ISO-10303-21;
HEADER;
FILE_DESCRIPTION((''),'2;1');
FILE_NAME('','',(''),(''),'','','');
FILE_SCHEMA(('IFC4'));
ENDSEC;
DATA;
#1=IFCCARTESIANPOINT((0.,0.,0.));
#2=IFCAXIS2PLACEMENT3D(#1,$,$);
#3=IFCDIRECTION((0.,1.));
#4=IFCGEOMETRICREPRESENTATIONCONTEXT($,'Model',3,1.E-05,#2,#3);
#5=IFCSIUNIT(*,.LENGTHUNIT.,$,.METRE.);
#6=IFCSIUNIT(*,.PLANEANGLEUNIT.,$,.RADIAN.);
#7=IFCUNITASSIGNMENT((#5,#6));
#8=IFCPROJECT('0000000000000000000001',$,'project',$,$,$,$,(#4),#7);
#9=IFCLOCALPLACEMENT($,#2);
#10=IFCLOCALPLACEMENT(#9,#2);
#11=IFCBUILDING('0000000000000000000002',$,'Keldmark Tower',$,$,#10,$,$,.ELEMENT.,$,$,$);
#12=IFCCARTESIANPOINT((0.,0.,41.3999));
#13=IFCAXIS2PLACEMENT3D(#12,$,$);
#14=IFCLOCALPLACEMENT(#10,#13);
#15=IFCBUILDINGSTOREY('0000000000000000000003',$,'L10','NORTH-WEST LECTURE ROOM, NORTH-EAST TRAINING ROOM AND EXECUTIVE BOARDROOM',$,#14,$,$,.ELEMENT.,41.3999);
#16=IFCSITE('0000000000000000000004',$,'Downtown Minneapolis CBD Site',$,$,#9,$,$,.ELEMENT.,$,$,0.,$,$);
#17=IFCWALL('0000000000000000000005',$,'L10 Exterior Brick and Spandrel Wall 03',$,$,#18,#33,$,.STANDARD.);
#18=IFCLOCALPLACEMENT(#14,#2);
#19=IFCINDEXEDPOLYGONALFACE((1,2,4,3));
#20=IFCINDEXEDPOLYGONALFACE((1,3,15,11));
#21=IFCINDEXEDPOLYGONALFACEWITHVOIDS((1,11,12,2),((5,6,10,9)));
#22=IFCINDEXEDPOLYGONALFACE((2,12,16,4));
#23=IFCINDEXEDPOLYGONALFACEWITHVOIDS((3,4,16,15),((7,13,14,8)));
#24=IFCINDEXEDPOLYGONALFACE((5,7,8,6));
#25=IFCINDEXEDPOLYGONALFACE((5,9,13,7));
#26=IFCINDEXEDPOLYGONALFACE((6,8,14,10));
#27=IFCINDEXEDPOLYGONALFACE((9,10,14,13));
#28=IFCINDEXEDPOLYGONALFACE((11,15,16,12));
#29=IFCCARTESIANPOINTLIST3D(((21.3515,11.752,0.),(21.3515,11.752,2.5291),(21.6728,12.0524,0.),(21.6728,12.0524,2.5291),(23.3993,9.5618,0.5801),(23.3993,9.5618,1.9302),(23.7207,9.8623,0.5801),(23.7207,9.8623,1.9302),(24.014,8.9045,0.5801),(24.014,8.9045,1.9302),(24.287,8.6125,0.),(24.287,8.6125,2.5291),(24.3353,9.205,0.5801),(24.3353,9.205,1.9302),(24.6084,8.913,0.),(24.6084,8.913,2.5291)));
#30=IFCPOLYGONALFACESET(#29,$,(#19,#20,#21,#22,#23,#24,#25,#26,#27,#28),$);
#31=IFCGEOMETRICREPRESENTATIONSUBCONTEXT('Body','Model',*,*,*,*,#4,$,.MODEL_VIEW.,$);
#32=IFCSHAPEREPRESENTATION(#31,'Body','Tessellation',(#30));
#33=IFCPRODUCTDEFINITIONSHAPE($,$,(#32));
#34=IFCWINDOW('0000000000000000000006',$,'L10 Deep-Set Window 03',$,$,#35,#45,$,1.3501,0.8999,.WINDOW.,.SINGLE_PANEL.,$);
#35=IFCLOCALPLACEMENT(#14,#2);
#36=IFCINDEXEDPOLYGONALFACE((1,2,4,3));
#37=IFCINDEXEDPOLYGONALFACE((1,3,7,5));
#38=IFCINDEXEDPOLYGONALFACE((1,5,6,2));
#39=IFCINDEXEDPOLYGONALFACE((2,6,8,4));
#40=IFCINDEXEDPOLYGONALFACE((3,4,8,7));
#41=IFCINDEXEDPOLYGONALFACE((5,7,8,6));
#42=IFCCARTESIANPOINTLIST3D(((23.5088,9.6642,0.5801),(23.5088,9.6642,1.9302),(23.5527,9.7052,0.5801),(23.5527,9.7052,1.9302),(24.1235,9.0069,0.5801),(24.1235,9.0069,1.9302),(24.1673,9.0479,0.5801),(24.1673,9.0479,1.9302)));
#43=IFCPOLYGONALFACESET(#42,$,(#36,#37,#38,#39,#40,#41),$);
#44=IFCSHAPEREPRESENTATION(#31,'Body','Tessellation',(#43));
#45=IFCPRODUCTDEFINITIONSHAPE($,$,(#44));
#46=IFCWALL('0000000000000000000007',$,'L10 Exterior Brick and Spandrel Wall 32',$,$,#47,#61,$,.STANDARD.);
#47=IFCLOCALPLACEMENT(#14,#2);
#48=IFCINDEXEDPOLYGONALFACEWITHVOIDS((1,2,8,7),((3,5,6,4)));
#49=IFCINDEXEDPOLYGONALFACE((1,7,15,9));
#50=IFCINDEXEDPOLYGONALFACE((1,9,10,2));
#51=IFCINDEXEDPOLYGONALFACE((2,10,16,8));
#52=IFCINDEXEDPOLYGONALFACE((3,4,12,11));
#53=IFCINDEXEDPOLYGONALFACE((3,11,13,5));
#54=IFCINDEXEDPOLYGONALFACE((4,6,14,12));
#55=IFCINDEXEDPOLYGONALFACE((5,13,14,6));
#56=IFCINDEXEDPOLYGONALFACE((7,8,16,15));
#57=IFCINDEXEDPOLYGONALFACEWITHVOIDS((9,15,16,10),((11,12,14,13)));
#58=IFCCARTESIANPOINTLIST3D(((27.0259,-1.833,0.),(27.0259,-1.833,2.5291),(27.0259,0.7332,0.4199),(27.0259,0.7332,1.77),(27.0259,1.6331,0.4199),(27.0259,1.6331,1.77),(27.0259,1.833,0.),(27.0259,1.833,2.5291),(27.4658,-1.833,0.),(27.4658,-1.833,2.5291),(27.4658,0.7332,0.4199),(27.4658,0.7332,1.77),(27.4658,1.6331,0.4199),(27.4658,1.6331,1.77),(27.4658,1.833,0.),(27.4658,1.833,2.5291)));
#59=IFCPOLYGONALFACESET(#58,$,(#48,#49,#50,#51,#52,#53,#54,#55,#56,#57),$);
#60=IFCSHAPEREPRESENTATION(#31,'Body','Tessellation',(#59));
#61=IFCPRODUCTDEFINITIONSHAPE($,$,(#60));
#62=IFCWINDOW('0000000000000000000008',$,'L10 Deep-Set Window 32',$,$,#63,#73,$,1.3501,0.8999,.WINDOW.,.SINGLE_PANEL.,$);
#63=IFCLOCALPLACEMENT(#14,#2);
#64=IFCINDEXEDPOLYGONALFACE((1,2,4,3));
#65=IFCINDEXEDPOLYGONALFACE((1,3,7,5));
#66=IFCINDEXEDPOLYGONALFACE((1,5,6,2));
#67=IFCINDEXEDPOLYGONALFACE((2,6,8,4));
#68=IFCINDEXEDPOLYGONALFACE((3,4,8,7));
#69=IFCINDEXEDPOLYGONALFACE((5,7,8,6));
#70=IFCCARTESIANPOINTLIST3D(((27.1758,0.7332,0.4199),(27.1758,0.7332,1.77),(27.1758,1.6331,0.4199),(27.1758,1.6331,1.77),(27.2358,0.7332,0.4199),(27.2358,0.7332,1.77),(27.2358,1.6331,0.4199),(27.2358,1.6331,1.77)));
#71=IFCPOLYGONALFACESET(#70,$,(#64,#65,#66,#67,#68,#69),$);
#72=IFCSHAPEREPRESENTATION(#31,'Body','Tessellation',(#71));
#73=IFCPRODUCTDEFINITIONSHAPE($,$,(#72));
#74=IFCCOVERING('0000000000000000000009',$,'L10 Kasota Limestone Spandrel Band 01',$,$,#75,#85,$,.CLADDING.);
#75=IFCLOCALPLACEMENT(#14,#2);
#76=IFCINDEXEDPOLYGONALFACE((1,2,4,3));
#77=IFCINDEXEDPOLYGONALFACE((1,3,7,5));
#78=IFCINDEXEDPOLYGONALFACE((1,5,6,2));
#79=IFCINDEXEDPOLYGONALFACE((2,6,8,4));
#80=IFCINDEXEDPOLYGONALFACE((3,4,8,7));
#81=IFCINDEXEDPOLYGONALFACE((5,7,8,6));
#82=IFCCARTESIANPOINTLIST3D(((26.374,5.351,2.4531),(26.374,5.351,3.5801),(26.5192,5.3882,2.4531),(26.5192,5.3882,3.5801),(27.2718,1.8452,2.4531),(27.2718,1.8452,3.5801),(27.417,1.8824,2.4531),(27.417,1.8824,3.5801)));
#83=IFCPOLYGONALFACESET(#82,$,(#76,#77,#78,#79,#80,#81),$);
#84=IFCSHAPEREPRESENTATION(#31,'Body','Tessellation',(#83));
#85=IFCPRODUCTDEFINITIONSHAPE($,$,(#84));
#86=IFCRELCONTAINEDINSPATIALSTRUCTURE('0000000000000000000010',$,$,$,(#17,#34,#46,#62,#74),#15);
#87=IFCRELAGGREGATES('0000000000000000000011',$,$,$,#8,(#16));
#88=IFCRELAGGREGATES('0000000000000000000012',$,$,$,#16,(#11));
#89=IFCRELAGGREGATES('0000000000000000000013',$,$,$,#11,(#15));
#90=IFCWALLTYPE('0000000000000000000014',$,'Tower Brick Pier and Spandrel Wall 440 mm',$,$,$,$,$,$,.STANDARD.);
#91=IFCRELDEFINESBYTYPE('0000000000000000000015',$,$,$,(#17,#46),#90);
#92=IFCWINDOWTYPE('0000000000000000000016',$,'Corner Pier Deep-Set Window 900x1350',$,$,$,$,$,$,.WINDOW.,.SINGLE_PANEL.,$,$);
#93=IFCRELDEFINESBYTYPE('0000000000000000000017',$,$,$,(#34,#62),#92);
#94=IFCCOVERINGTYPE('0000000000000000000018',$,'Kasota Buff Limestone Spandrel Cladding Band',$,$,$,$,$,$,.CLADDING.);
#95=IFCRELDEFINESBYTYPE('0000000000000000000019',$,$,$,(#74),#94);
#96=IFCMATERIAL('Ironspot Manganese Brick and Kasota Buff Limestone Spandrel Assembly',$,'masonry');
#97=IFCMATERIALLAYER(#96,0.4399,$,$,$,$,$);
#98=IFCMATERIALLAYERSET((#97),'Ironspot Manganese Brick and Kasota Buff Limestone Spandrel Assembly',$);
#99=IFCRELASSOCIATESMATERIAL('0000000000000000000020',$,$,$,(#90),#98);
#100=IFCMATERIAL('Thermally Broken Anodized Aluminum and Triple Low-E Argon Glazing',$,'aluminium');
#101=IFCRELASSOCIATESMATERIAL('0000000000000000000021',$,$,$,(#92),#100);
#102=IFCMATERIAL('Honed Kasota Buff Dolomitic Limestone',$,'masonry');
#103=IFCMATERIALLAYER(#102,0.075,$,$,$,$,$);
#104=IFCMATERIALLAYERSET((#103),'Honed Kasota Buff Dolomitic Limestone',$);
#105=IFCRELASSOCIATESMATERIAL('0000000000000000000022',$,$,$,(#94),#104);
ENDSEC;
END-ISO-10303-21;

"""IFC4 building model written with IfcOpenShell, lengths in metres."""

from ifc_helpers import new_model, si_unit, direction, frame, frame_2d, origin, origin_2d, place, context, subcontext, project, spatial, rectangle, extrude, material, layer, layer_set, type_object, element, fill, save


model = new_model("IFC4")

# Units and contexts
model_context = context("Model", 3, precision=1e-05, world=origin(), true_north=direction((0.0, 1.0)))
body_context = subcontext(model_context, "Body", "Model", "MODEL_VIEW")
ifc_project = project(units=[si_unit("LENGTHUNIT", "METRE"), si_unit("PLANEANGLEUNIT", "RADIAN")], contexts=[model_context])

# Site, building, storey
site_placement = place(None, origin())
site = spatial("IfcSite", under=ifc_project, at=site_placement, Name="Downtown Minneapolis CBD Site", CompositionType="ELEMENT", RefElevation=0.0)
building_placement = place(site_placement, origin())
building = spatial("IfcBuilding", under=site, at=building_placement, Name="Keldmark Tower", CompositionType="ELEMENT")
storey_placement = place(building_placement, frame((0.0, 0.0, 41.3999)))
storey = spatial("IfcBuildingStorey", under=building, at=storey_placement, Name="L10", Description="NORTH-WEST LECTURE ROOM, NORTH-EAST TRAINING ROOM AND EXECUTIVE BOARDROOM", CompositionType="ELEMENT", Elevation=41.3999)

# Shared definitions
ifc_material_1 = material(Name="Ironspot Manganese Brick and Kasota Buff Limestone Spandrel Assembly", Category="masonry")
ifc_layer_1 = layer(ifc_material_1, 0.4399)
ifc_layer_set_1 = layer_set([ifc_layer_1], Name="Ironspot Manganese Brick and Kasota Buff Limestone Spandrel Assembly")
wall_type = type_object("IfcWallType", Name="Tower Brick Pier and Spandrel Wall 440 mm", PredefinedType="STANDARD", material=ifc_layer_set_1)

# Walls, openings, windows
ifc_material_2 = material(Name="Thermally Broken Anodized Aluminum and Triple Low-E Argon Glazing", Category="aluminium")
window_type = type_object("IfcWindowType", Name="Corner Pier Deep-Set Window 900x1350", PartitioningType="SINGLE_PANEL", PredefinedType="WINDOW", material=ifc_material_2)
wall_1_placement = place(storey_placement, frame((21.5122, 11.9021, 0.0), z_axis=(0.0, 0.0, 1.0), x_axis=(0.682994, -0.730424, 0.0)))
wall_1 = element("IfcWall", 1, at=wall_1_placement, inside=storey, type_object=wall_type, Name="L10 Exterior Brick and Spandrel Wall 03", PredefinedType="STANDARD", context=body_context, shape_type="SweptSolid", body=[
    extrude(rectangle(XDim=4.2981, YDim=0.4399, at=frame_2d((2.1489, 0.0))), origin(), (0.0, 0.0, 1.0), 2.5291),
])
opening_1_placement = place(wall_1_placement, frame((2.9983, 0.0, 0.5801)))
opening_1 = element("IfcOpeningElement", 2, at=opening_1_placement, cuts=wall_1, PredefinedType="OPENING", context=body_context, shape_type="SweptSolid", body=[
    extrude(rectangle(XDim=0.8999, YDim=1.3501, at=frame_2d((0.45, 0.675))), frame((0.0, 0.23, 0.0), z_axis=(0.0, -1.0, 0.0), x_axis=(1.0, 0.0, 0.0)), (0.0, 0.0, 1.0), 0.46),
])
window_1_placement = place(opening_1_placement, origin())
window_1 = element("IfcWindow", 3, at=window_1_placement, inside=storey, type_object=window_type, Name="L10 Deep-Set Window 03", OverallHeight=1.3501, OverallWidth=0.8999, PartitioningType="SINGLE_PANEL", PredefinedType="WINDOW", context=body_context, shape_type="SweptSolid", body=[
    extrude(rectangle(XDim=0.8999, YDim=1.3501, at=frame_2d((0.45, 0.675))), frame((0.0, -0.01, 0.0), z_axis=(0.0, -1.0, 0.0), x_axis=(1.0, 0.0, 0.0)), (0.0, 0.0, 1.0), 0.0601),
])
fill(opening_1, window_1)
wall_2_placement = place(storey_placement, frame((27.2458, 1.833, 0.0), z_axis=(0.0, 0.0, 1.0), x_axis=(0.0, -1.0, 0.0)))
wall_2 = element("IfcWall", 4, at=wall_2_placement, inside=storey, type_object=wall_type, Name="L10 Exterior Brick and Spandrel Wall 32", PredefinedType="STANDARD", context=body_context, shape_type="SweptSolid", body=[
    extrude(rectangle(XDim=3.666, YDim=0.4399, at=frame_2d((1.833, 0.0))), origin(), (0.0, 0.0, 1.0), 2.5291),
])
opening_2_placement = place(wall_2_placement, frame((0.2, 0.0, 0.4199)))
opening_2 = element("IfcOpeningElement", 5, at=opening_2_placement, cuts=wall_2, PredefinedType="OPENING", context=body_context, shape_type="SweptSolid", body=[
    extrude(rectangle(XDim=0.8999, YDim=1.3501, at=frame_2d((0.45, 0.675))), frame((0.0, 0.23, 0.0), z_axis=(0.0, -1.0, 0.0), x_axis=(1.0, 0.0, 0.0)), (0.0, 0.0, 1.0), 0.46),
])
window_2_placement = place(opening_2_placement, origin())
window_2 = element("IfcWindow", 6, at=window_2_placement, inside=storey, type_object=window_type, Name="L10 Deep-Set Window 32", OverallHeight=1.3501, OverallWidth=0.8999, PartitioningType="SINGLE_PANEL", PredefinedType="WINDOW", context=body_context, shape_type="SweptSolid", body=[
    extrude(rectangle(XDim=0.8999, YDim=1.3501, at=frame_2d((0.45, 0.675))), frame((0.0, -0.01, 0.0), z_axis=(0.0, -1.0, 0.0), x_axis=(1.0, 0.0, 0.0)), (0.0, 0.0, 1.0), 0.0601),
])
fill(opening_2, window_2)

# Covering
ifc_material_3 = material(Name="Honed Kasota Buff Dolomitic Limestone", Category="masonry")
ifc_layer_2 = layer(ifc_material_3, 0.075)
ifc_layer_set_2 = layer_set([ifc_layer_2], Name="Honed Kasota Buff Dolomitic Limestone")
covering_type = type_object("IfcCoveringType", Name="Kasota Buff Limestone Spandrel Cladding Band", PredefinedType="CLADDING", material=ifc_layer_set_2)
covering_placement = place(storey_placement, frame((26.8955, 3.6167, 2.4531), z_axis=(0.0, 0.0, 1.0), x_axis=(-0.248098, 0.968735, 0.0)))
element("IfcCovering", 7, at=covering_placement, inside=storey, type_object=covering_type, Name="L10 Kasota Limestone Spandrel Band 01", PredefinedType="CLADDING", context=body_context, shape_type="SweptSolid", body=[
    extrude(rectangle(XDim=3.6189, YDim=0.1499, at=origin_2d()), origin(), (0.0, 0.0, 1.0), 1.127),
])

save(model, "model.ifc")
